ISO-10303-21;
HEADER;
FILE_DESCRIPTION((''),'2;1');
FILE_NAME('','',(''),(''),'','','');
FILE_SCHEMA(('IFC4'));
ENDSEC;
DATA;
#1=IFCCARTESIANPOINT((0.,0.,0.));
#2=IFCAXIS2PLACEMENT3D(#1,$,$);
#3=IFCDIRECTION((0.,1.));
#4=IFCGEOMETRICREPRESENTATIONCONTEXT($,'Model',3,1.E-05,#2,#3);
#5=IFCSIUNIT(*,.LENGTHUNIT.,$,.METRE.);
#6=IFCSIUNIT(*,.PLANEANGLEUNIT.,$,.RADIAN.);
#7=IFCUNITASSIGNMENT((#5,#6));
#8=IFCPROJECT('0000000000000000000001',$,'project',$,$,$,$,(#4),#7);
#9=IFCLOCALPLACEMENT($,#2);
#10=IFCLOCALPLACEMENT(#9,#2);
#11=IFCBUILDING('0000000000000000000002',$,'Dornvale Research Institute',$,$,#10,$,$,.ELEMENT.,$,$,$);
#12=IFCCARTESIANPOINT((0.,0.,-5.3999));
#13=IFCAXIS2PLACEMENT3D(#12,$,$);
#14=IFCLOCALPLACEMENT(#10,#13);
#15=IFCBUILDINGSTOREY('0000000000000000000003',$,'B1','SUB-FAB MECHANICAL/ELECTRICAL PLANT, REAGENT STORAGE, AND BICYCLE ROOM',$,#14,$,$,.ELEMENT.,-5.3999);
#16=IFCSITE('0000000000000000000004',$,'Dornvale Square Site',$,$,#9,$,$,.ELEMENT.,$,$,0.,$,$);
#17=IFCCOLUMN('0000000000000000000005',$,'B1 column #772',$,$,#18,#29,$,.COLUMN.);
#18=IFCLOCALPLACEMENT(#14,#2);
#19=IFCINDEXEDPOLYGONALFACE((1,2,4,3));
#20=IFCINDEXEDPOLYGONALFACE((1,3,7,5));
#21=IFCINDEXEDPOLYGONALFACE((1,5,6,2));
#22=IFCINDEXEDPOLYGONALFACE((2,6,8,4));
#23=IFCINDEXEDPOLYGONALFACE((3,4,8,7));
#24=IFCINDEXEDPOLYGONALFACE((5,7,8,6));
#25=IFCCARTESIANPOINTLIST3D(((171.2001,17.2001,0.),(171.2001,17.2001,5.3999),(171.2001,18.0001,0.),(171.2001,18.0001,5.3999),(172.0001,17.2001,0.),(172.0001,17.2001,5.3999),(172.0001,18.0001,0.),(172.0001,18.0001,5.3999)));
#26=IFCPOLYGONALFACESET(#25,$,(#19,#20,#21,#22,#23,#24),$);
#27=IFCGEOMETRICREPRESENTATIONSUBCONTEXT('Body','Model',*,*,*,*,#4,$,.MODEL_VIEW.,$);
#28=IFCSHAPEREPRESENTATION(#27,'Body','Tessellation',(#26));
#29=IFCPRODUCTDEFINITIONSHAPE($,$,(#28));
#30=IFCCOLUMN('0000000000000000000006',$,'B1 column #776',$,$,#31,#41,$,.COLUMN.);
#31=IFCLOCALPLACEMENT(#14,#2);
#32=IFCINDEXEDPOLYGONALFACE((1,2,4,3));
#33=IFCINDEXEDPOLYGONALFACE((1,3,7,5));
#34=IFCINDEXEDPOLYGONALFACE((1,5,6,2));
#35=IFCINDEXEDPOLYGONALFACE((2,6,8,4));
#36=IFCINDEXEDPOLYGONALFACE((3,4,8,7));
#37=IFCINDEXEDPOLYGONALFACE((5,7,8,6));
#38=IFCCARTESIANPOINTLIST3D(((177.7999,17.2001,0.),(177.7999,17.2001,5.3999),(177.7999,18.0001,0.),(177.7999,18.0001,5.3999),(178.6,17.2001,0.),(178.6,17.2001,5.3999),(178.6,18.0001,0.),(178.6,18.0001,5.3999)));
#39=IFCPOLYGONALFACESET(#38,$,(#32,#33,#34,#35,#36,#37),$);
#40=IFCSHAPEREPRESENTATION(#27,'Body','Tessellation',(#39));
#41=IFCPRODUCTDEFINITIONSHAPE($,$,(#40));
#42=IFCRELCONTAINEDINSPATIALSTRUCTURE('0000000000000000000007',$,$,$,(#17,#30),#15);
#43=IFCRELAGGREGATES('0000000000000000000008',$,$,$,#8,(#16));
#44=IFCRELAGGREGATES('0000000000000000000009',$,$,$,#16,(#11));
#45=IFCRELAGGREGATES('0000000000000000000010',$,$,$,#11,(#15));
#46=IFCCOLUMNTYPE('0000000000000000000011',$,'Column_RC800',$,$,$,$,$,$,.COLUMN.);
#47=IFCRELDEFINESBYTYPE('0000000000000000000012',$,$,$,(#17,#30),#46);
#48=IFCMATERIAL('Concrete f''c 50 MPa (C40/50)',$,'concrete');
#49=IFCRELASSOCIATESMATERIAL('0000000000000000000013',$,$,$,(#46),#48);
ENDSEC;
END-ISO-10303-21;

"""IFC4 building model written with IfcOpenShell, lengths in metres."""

from ifc_helpers import new_model, si_unit, direction, frame, origin, origin_2d, place, context, subcontext, project, spatial, rectangle, extrude, material, material_profile, profile_set, type_object, element, save


model = new_model("IFC4")

# Units and contexts
model_context = context("Model", 3, precision=1e-05, world=origin(), true_north=direction((0.0, 1.0)))
body_context = subcontext(model_context, "Body", "Model", "MODEL_VIEW")
ifc_project = project(units=[si_unit("LENGTHUNIT", "METRE"), si_unit("PLANEANGLEUNIT", "RADIAN")], contexts=[model_context])

# Site, building, storey
site_placement = place(None, origin())
site = spatial("IfcSite", under=ifc_project, at=site_placement, Name="Dornvale Square Site", CompositionType="ELEMENT", RefElevation=0.0)
building_placement = place(site_placement, origin())
building = spatial("IfcBuilding", under=site, at=building_placement, Name="Dornvale Research Institute", CompositionType="ELEMENT")
storey_placement = place(building_placement, frame((0.0, 0.0, -5.3999)))
storey = spatial("IfcBuildingStorey", under=building, at=storey_placement, Name="B1", Description="SUB-FAB MECHANICAL/ELECTRICAL PLANT, REAGENT STORAGE, AND BICYCLE ROOM", CompositionType="ELEMENT", Elevation=-5.3999)

# Columns
ifc_material_1 = material(Name="Concrete f'c 50 MPa (C40/50)", Category="concrete")
ifc_material_profile_1 = material_profile(ifc_material_1, rectangle(XDim=0.8, YDim=0.8, at=origin_2d()), Name="RC 800x800")
ifc_profile_set_1 = profile_set([ifc_material_profile_1], Name="Concrete f'c 50 MPa (C40/50)")
column_type = type_object("IfcColumnType", Name="Column_RC800", PredefinedType="COLUMN", material=ifc_profile_set_1)
for number, where, z_axis, x_axis, name in (
    (1, (171.6001, 17.6001, 0.0), (0.0, 0.0, 1.0), (1.0, 0.0, 0.0), "B1 column #772"),
    (2, (178.2, 17.6001, 0.0), (0.0, 0.0, 1.0), (1.0, 0.0, 0.0), "B1 column #776"),
):
    element("IfcColumn", number, at=place(storey_placement, frame(where, z_axis=z_axis, x_axis=x_axis)), inside=storey, type_object=column_type, Name=name, PredefinedType="COLUMN", context=body_context, shape_type="SweptSolid", body=[
        extrude(rectangle(XDim=0.8, YDim=0.8, at=origin_2d()), origin(), (0.0, 0.0, 1.0), 5.3999),
    ])

save(model, "model.ifc")
